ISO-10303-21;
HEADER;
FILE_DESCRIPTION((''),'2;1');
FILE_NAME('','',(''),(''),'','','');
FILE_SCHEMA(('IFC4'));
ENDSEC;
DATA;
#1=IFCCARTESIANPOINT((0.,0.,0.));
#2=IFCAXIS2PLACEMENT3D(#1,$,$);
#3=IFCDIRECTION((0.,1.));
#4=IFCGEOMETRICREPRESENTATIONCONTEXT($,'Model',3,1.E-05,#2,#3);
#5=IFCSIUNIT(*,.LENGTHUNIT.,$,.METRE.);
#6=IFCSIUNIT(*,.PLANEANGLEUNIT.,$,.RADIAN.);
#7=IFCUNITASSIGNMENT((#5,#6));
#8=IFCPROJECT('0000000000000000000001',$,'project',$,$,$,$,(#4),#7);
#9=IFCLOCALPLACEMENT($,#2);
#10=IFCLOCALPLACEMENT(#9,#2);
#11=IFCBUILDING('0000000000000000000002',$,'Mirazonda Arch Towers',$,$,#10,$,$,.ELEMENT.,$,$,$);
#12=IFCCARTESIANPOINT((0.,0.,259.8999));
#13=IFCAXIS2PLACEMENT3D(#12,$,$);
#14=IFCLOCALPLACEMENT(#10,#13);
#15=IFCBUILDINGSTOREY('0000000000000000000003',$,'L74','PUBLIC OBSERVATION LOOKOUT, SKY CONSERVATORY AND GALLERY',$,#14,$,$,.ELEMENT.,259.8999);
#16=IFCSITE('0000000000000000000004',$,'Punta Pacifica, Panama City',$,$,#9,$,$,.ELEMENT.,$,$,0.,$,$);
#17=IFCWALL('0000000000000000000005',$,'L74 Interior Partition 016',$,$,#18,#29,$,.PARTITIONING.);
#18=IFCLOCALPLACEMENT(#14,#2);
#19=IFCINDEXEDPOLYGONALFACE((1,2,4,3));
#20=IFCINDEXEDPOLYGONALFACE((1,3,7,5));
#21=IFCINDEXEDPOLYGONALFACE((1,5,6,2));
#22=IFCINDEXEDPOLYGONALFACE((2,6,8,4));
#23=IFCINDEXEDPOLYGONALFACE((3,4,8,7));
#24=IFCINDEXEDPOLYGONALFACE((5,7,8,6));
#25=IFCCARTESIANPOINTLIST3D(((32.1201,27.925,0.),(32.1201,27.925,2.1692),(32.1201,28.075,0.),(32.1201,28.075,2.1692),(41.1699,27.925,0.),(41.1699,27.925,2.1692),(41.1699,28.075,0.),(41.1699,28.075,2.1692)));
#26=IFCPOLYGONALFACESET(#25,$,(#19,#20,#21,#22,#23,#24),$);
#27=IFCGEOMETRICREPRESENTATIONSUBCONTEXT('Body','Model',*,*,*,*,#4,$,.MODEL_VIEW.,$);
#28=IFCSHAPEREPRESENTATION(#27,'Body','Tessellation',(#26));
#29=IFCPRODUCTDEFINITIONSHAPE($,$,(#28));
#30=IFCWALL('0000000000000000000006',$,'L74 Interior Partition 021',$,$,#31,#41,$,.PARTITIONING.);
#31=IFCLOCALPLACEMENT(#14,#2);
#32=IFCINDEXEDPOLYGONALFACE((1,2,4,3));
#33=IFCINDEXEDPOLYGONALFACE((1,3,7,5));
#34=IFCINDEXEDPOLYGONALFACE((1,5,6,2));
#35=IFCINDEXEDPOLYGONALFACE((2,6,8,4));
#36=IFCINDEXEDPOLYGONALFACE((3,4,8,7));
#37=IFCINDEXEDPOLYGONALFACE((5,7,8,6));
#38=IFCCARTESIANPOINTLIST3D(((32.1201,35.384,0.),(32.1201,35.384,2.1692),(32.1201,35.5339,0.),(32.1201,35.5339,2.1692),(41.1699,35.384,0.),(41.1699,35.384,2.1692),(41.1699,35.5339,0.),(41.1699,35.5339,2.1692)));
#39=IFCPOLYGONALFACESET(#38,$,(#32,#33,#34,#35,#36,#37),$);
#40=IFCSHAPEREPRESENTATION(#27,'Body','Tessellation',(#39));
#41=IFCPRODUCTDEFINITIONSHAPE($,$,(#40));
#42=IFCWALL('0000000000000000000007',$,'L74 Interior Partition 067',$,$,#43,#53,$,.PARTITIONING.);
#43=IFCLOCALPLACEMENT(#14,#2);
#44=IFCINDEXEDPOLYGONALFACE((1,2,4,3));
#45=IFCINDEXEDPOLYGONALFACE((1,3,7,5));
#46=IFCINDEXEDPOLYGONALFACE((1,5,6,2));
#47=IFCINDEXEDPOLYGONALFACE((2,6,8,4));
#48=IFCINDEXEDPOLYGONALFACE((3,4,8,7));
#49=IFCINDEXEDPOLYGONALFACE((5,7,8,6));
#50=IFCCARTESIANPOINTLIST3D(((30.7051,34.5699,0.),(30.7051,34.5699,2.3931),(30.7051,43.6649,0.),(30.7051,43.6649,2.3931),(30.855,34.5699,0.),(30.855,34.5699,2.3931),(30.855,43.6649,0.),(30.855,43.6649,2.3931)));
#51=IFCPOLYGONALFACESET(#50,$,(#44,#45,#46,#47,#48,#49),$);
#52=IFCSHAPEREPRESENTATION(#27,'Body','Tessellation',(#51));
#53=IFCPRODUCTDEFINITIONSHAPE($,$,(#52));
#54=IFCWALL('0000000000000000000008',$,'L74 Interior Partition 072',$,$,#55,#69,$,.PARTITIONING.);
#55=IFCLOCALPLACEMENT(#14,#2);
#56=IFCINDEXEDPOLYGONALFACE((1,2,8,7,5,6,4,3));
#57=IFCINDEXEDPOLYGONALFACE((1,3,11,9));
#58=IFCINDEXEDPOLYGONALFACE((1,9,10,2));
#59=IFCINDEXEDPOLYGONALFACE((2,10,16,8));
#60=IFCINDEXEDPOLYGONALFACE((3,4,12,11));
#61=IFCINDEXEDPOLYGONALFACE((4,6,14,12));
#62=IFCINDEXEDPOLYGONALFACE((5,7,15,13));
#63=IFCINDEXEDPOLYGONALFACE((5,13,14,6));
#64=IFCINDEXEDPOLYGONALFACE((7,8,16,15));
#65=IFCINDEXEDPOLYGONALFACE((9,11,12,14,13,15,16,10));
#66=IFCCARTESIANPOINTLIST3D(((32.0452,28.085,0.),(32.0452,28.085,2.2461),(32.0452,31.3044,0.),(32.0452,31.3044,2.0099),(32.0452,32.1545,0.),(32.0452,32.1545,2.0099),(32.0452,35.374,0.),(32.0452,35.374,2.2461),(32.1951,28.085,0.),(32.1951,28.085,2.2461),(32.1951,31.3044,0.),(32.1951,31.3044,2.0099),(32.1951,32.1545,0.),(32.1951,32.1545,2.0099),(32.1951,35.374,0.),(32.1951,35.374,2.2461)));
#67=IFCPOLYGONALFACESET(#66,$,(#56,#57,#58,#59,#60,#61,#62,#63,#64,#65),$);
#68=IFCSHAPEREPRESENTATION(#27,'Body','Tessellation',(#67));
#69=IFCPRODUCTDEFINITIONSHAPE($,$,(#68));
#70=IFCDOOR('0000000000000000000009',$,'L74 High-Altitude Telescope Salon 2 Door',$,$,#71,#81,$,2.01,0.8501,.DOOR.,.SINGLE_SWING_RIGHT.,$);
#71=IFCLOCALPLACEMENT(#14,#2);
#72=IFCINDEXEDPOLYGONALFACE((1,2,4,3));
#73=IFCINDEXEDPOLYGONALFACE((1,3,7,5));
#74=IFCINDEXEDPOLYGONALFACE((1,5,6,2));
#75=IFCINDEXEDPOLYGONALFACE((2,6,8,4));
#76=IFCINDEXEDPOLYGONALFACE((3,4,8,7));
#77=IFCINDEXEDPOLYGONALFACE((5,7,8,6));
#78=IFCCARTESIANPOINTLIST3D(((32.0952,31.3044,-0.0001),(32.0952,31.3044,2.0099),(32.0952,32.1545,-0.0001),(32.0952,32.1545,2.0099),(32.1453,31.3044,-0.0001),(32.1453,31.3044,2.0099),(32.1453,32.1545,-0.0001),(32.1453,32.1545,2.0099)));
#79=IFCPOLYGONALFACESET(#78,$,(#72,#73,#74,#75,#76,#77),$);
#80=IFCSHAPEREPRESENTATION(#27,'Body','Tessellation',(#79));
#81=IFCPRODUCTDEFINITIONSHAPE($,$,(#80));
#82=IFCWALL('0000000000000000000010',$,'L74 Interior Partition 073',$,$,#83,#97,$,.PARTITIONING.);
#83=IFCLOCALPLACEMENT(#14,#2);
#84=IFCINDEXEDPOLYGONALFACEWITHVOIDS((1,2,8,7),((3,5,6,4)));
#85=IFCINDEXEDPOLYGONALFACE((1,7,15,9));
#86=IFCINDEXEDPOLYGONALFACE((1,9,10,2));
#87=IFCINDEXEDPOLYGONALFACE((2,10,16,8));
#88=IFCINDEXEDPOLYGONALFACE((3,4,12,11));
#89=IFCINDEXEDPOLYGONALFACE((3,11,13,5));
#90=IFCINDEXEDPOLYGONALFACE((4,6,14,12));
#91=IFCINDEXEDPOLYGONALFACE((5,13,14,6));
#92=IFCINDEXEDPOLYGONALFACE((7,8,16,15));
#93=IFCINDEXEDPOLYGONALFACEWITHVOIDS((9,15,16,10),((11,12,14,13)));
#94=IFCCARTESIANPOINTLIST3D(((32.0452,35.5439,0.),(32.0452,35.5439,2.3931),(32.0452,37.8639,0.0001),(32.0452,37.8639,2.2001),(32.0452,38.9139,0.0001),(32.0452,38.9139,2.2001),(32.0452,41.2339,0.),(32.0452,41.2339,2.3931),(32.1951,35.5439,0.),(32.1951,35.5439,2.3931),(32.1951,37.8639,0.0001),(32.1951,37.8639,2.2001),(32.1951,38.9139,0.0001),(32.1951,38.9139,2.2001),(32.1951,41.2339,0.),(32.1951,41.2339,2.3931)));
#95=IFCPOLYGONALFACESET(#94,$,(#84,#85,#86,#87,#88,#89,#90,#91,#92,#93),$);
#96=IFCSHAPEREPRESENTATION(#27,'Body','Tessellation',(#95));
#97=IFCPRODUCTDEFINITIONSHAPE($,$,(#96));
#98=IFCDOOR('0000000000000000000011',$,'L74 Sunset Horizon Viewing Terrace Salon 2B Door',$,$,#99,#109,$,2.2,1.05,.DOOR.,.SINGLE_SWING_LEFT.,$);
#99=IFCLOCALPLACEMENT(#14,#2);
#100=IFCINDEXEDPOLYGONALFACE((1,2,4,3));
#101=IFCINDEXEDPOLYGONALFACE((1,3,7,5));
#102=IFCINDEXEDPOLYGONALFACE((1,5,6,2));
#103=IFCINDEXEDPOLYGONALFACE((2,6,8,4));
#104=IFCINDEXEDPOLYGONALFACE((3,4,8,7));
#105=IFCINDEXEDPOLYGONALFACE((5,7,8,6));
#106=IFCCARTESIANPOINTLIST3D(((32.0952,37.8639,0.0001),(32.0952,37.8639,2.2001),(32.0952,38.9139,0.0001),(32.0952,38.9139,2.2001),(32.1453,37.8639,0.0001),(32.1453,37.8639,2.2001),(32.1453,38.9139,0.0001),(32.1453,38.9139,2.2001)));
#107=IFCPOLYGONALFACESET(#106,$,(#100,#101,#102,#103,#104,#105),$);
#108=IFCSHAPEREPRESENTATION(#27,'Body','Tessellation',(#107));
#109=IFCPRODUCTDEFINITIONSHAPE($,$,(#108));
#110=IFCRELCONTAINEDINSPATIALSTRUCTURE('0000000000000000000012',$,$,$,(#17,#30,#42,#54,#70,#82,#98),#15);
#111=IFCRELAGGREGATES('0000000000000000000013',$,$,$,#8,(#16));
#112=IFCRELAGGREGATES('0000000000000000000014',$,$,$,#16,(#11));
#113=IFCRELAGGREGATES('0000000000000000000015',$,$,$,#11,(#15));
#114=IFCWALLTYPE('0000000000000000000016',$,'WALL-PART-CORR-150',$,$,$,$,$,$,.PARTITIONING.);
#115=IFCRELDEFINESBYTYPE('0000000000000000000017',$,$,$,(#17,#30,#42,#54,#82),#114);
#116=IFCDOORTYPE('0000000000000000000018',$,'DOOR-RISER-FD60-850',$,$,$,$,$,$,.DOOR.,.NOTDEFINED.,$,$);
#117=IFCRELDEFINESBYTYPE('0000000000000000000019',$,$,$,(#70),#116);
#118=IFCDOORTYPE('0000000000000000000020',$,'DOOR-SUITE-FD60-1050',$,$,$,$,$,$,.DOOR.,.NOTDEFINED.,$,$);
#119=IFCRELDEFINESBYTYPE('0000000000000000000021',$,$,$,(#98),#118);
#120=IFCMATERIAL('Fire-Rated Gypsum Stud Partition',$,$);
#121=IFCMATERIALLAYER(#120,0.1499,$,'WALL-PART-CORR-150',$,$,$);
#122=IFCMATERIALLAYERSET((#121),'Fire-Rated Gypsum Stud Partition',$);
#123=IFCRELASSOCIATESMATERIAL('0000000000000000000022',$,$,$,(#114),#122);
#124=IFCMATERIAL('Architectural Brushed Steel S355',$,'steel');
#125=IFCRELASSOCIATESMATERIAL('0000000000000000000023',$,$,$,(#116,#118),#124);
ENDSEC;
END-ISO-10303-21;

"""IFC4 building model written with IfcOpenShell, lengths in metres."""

from ifc_helpers import new_model, si_unit, direction, frame, frame_2d, origin, place, context, subcontext, project, spatial, rectangle, extrude, material, layer, layer_set, type_object, element, fill, save


model = new_model("IFC4")

# Units and contexts
model_context = context("Model", 3, precision=1e-05, world=origin(), true_north=direction((0.0, 1.0)))
body_context = subcontext(model_context, "Body", "Model", "MODEL_VIEW")
ifc_project = project(units=[si_unit("LENGTHUNIT", "METRE"), si_unit("PLANEANGLEUNIT", "RADIAN")], contexts=[model_context])

# Site, building, storey
site_placement = place(None, origin())
site = spatial("IfcSite", under=ifc_project, at=site_placement, Name="Punta Pacifica, Panama City", CompositionType="ELEMENT", RefElevation=0.0)
building_placement = place(site_placement, origin())
building = spatial("IfcBuilding", under=site, at=building_placement, Name="Mirazonda Arch Towers", CompositionType="ELEMENT")
storey_placement = place(building_placement, frame((0.0, 0.0, 259.8999)))
storey = spatial("IfcBuildingStorey", under=building, at=storey_placement, Name="L74", Description="PUBLIC OBSERVATION LOOKOUT, SKY CONSERVATORY AND GALLERY", CompositionType="ELEMENT", Elevation=259.8999)

# Walls
ifc_material_1 = material(Name="Fire-Rated Gypsum Stud Partition")
ifc_layer_1 = layer(ifc_material_1, 0.1499, Name="WALL-PART-CORR-150")
ifc_layer_set_1 = layer_set([ifc_layer_1], Name="Fire-Rated Gypsum Stud Partition")
wall_type = type_object("IfcWallType", Name="WALL-PART-CORR-150", PredefinedType="PARTITIONING", material=ifc_layer_set_1)
for number, where, z_axis, x_axis, name in (
    (1, (32.1201, 28.0, 0.0), (0.0, 0.0, 1.0), (1.0, 0.0, 0.0), "L74 Interior Partition 016"),
    (2, (32.1201, 35.459, 0.0), (0.0, 0.0, 1.0), (1.0, 0.0, 0.0), "L74 Interior Partition 021"),
):
    element("IfcWall", number, at=place(storey_placement, frame(where, z_axis=z_axis, x_axis=x_axis)), inside=storey, type_object=wall_type, Name=name, PredefinedType="PARTITIONING", context=body_context, shape_type="SweptSolid", body=[
        extrude(rectangle(XDim=9.0498, YDim=0.1499, at=frame_2d((4.5249, 0.0))), origin(), (0.0, 0.0, 1.0), 2.1692),
    ])
wall_1_placement = place(storey_placement, frame((30.78, 34.5701, 0.0), z_axis=(0.0, 0.0, 1.0), x_axis=(0.0, 1.0, 0.0)))
element("IfcWall", 3, at=wall_1_placement, inside=storey, type_object=wall_type, Name="L74 Interior Partition 067", PredefinedType="PARTITIONING", context=body_context, shape_type="SweptSolid", body=[
    extrude(rectangle(XDim=9.095, YDim=0.1499, at=frame_2d((4.5474, 0.0))), origin(), (0.0, 0.0, 1.0), 2.3931),
])

# Walls, openings, doors
wall_2_placement = place(storey_placement, frame((32.1201, 28.085, 0.0), z_axis=(0.0, 0.0, 1.0), x_axis=(0.0, 1.0, 0.0)))
wall_2 = element("IfcWall", 4, at=wall_2_placement, inside=storey, type_object=wall_type, Name="L74 Interior Partition 072", PredefinedType="PARTITIONING", context=body_context, shape_type="SweptSolid", body=[
    extrude(rectangle(XDim=7.2891, YDim=0.1499, at=frame_2d((3.6445, 0.0))), origin(), (0.0, 0.0, 1.0), 2.2461),
])
opening_1_placement = place(wall_2_placement, frame((3.2195, 0.0, 0.0)))
opening_1 = element("IfcOpeningElement", 5, at=opening_1_placement, cuts=wall_2, PredefinedType="OPENING", context=body_context, shape_type="SweptSolid", body=[
    extrude(rectangle(XDim=0.8501, YDim=2.01, at=frame_2d((0.425, 1.0049))), frame((0.0, 0.085, 0.0), z_axis=(0.0, -1.0, 0.0), x_axis=(1.0, 0.0, 0.0)), (0.0, 0.0, 1.0), 0.1699),
])
ifc_material_2 = material(Name="Architectural Brushed Steel S355", Category="steel")
door_type_1 = type_object("IfcDoorType", Name="DOOR-RISER-FD60-850", OperationType="NOTDEFINED", PredefinedType="DOOR", material=ifc_material_2)
door_1_placement = place(opening_1_placement, origin())
door_1 = element("IfcDoor", 6, at=door_1_placement, inside=storey, type_object=door_type_1, Name="L74 High-Altitude Telescope Salon 2 Door", OperationType="SINGLE_SWING_RIGHT", OverallHeight=2.01, OverallWidth=0.8501, PredefinedType="DOOR", context=body_context, shape_type="SweptSolid", body=[
    extrude(rectangle(XDim=0.8501, YDim=2.01, at=frame_2d((0.425, 1.0049))), frame((0.0, 0.0249, 0.0), z_axis=(0.0, -1.0, 0.0), x_axis=(1.0, 0.0, 0.0)), (0.0, 0.0, 1.0), 0.05),
])
fill(opening_1, door_1)
wall_3_placement = place(storey_placement, frame((32.1201, 35.5439, 0.0), z_axis=(0.0, 0.0, 1.0), x_axis=(0.0, 1.0, 0.0)))
wall_3 = element("IfcWall", 7, at=wall_3_placement, inside=storey, type_object=wall_type, Name="L74 Interior Partition 073", PredefinedType="PARTITIONING", context=body_context, shape_type="SweptSolid", body=[
    extrude(rectangle(XDim=5.6899, YDim=0.1499, at=frame_2d((2.845, 0.0))), origin(), (0.0, 0.0, 1.0), 2.3931),
])
opening_2_placement = place(wall_3_placement, frame((2.3201, 0.0, 0.0)))
opening_2 = element("IfcOpeningElement", 8, at=opening_2_placement, cuts=wall_3, PredefinedType="OPENING", context=body_context, shape_type="SweptSolid", body=[
    extrude(rectangle(XDim=1.05, YDim=2.2, at=frame_2d((0.5249, 1.1001))), frame((0.0, 0.085, 0.0), z_axis=(0.0, -1.0, 0.0), x_axis=(1.0, 0.0, 0.0)), (0.0, 0.0, 1.0), 0.1699),
])
door_type_2 = type_object("IfcDoorType", Name="DOOR-SUITE-FD60-1050", OperationType="NOTDEFINED", PredefinedType="DOOR", material=ifc_material_2)
door_2_placement = place(opening_2_placement, origin())
door_2 = element("IfcDoor", 9, at=door_2_placement, inside=storey, type_object=door_type_2, Name="L74 Sunset Horizon Viewing Terrace Salon 2B Door", OperationType="SINGLE_SWING_LEFT", OverallHeight=2.2, OverallWidth=1.05, PredefinedType="DOOR", context=body_context, shape_type="SweptSolid", body=[
    extrude(rectangle(XDim=1.05, YDim=2.2, at=frame_2d((0.5249, 1.1001))), frame((0.0, 0.0249, 0.0), z_axis=(0.0, -1.0, 0.0), x_axis=(1.0, 0.0, 0.0)), (0.0, 0.0, 1.0), 0.05),
])
fill(opening_2, door_2)

save(model, "model.ifc")
